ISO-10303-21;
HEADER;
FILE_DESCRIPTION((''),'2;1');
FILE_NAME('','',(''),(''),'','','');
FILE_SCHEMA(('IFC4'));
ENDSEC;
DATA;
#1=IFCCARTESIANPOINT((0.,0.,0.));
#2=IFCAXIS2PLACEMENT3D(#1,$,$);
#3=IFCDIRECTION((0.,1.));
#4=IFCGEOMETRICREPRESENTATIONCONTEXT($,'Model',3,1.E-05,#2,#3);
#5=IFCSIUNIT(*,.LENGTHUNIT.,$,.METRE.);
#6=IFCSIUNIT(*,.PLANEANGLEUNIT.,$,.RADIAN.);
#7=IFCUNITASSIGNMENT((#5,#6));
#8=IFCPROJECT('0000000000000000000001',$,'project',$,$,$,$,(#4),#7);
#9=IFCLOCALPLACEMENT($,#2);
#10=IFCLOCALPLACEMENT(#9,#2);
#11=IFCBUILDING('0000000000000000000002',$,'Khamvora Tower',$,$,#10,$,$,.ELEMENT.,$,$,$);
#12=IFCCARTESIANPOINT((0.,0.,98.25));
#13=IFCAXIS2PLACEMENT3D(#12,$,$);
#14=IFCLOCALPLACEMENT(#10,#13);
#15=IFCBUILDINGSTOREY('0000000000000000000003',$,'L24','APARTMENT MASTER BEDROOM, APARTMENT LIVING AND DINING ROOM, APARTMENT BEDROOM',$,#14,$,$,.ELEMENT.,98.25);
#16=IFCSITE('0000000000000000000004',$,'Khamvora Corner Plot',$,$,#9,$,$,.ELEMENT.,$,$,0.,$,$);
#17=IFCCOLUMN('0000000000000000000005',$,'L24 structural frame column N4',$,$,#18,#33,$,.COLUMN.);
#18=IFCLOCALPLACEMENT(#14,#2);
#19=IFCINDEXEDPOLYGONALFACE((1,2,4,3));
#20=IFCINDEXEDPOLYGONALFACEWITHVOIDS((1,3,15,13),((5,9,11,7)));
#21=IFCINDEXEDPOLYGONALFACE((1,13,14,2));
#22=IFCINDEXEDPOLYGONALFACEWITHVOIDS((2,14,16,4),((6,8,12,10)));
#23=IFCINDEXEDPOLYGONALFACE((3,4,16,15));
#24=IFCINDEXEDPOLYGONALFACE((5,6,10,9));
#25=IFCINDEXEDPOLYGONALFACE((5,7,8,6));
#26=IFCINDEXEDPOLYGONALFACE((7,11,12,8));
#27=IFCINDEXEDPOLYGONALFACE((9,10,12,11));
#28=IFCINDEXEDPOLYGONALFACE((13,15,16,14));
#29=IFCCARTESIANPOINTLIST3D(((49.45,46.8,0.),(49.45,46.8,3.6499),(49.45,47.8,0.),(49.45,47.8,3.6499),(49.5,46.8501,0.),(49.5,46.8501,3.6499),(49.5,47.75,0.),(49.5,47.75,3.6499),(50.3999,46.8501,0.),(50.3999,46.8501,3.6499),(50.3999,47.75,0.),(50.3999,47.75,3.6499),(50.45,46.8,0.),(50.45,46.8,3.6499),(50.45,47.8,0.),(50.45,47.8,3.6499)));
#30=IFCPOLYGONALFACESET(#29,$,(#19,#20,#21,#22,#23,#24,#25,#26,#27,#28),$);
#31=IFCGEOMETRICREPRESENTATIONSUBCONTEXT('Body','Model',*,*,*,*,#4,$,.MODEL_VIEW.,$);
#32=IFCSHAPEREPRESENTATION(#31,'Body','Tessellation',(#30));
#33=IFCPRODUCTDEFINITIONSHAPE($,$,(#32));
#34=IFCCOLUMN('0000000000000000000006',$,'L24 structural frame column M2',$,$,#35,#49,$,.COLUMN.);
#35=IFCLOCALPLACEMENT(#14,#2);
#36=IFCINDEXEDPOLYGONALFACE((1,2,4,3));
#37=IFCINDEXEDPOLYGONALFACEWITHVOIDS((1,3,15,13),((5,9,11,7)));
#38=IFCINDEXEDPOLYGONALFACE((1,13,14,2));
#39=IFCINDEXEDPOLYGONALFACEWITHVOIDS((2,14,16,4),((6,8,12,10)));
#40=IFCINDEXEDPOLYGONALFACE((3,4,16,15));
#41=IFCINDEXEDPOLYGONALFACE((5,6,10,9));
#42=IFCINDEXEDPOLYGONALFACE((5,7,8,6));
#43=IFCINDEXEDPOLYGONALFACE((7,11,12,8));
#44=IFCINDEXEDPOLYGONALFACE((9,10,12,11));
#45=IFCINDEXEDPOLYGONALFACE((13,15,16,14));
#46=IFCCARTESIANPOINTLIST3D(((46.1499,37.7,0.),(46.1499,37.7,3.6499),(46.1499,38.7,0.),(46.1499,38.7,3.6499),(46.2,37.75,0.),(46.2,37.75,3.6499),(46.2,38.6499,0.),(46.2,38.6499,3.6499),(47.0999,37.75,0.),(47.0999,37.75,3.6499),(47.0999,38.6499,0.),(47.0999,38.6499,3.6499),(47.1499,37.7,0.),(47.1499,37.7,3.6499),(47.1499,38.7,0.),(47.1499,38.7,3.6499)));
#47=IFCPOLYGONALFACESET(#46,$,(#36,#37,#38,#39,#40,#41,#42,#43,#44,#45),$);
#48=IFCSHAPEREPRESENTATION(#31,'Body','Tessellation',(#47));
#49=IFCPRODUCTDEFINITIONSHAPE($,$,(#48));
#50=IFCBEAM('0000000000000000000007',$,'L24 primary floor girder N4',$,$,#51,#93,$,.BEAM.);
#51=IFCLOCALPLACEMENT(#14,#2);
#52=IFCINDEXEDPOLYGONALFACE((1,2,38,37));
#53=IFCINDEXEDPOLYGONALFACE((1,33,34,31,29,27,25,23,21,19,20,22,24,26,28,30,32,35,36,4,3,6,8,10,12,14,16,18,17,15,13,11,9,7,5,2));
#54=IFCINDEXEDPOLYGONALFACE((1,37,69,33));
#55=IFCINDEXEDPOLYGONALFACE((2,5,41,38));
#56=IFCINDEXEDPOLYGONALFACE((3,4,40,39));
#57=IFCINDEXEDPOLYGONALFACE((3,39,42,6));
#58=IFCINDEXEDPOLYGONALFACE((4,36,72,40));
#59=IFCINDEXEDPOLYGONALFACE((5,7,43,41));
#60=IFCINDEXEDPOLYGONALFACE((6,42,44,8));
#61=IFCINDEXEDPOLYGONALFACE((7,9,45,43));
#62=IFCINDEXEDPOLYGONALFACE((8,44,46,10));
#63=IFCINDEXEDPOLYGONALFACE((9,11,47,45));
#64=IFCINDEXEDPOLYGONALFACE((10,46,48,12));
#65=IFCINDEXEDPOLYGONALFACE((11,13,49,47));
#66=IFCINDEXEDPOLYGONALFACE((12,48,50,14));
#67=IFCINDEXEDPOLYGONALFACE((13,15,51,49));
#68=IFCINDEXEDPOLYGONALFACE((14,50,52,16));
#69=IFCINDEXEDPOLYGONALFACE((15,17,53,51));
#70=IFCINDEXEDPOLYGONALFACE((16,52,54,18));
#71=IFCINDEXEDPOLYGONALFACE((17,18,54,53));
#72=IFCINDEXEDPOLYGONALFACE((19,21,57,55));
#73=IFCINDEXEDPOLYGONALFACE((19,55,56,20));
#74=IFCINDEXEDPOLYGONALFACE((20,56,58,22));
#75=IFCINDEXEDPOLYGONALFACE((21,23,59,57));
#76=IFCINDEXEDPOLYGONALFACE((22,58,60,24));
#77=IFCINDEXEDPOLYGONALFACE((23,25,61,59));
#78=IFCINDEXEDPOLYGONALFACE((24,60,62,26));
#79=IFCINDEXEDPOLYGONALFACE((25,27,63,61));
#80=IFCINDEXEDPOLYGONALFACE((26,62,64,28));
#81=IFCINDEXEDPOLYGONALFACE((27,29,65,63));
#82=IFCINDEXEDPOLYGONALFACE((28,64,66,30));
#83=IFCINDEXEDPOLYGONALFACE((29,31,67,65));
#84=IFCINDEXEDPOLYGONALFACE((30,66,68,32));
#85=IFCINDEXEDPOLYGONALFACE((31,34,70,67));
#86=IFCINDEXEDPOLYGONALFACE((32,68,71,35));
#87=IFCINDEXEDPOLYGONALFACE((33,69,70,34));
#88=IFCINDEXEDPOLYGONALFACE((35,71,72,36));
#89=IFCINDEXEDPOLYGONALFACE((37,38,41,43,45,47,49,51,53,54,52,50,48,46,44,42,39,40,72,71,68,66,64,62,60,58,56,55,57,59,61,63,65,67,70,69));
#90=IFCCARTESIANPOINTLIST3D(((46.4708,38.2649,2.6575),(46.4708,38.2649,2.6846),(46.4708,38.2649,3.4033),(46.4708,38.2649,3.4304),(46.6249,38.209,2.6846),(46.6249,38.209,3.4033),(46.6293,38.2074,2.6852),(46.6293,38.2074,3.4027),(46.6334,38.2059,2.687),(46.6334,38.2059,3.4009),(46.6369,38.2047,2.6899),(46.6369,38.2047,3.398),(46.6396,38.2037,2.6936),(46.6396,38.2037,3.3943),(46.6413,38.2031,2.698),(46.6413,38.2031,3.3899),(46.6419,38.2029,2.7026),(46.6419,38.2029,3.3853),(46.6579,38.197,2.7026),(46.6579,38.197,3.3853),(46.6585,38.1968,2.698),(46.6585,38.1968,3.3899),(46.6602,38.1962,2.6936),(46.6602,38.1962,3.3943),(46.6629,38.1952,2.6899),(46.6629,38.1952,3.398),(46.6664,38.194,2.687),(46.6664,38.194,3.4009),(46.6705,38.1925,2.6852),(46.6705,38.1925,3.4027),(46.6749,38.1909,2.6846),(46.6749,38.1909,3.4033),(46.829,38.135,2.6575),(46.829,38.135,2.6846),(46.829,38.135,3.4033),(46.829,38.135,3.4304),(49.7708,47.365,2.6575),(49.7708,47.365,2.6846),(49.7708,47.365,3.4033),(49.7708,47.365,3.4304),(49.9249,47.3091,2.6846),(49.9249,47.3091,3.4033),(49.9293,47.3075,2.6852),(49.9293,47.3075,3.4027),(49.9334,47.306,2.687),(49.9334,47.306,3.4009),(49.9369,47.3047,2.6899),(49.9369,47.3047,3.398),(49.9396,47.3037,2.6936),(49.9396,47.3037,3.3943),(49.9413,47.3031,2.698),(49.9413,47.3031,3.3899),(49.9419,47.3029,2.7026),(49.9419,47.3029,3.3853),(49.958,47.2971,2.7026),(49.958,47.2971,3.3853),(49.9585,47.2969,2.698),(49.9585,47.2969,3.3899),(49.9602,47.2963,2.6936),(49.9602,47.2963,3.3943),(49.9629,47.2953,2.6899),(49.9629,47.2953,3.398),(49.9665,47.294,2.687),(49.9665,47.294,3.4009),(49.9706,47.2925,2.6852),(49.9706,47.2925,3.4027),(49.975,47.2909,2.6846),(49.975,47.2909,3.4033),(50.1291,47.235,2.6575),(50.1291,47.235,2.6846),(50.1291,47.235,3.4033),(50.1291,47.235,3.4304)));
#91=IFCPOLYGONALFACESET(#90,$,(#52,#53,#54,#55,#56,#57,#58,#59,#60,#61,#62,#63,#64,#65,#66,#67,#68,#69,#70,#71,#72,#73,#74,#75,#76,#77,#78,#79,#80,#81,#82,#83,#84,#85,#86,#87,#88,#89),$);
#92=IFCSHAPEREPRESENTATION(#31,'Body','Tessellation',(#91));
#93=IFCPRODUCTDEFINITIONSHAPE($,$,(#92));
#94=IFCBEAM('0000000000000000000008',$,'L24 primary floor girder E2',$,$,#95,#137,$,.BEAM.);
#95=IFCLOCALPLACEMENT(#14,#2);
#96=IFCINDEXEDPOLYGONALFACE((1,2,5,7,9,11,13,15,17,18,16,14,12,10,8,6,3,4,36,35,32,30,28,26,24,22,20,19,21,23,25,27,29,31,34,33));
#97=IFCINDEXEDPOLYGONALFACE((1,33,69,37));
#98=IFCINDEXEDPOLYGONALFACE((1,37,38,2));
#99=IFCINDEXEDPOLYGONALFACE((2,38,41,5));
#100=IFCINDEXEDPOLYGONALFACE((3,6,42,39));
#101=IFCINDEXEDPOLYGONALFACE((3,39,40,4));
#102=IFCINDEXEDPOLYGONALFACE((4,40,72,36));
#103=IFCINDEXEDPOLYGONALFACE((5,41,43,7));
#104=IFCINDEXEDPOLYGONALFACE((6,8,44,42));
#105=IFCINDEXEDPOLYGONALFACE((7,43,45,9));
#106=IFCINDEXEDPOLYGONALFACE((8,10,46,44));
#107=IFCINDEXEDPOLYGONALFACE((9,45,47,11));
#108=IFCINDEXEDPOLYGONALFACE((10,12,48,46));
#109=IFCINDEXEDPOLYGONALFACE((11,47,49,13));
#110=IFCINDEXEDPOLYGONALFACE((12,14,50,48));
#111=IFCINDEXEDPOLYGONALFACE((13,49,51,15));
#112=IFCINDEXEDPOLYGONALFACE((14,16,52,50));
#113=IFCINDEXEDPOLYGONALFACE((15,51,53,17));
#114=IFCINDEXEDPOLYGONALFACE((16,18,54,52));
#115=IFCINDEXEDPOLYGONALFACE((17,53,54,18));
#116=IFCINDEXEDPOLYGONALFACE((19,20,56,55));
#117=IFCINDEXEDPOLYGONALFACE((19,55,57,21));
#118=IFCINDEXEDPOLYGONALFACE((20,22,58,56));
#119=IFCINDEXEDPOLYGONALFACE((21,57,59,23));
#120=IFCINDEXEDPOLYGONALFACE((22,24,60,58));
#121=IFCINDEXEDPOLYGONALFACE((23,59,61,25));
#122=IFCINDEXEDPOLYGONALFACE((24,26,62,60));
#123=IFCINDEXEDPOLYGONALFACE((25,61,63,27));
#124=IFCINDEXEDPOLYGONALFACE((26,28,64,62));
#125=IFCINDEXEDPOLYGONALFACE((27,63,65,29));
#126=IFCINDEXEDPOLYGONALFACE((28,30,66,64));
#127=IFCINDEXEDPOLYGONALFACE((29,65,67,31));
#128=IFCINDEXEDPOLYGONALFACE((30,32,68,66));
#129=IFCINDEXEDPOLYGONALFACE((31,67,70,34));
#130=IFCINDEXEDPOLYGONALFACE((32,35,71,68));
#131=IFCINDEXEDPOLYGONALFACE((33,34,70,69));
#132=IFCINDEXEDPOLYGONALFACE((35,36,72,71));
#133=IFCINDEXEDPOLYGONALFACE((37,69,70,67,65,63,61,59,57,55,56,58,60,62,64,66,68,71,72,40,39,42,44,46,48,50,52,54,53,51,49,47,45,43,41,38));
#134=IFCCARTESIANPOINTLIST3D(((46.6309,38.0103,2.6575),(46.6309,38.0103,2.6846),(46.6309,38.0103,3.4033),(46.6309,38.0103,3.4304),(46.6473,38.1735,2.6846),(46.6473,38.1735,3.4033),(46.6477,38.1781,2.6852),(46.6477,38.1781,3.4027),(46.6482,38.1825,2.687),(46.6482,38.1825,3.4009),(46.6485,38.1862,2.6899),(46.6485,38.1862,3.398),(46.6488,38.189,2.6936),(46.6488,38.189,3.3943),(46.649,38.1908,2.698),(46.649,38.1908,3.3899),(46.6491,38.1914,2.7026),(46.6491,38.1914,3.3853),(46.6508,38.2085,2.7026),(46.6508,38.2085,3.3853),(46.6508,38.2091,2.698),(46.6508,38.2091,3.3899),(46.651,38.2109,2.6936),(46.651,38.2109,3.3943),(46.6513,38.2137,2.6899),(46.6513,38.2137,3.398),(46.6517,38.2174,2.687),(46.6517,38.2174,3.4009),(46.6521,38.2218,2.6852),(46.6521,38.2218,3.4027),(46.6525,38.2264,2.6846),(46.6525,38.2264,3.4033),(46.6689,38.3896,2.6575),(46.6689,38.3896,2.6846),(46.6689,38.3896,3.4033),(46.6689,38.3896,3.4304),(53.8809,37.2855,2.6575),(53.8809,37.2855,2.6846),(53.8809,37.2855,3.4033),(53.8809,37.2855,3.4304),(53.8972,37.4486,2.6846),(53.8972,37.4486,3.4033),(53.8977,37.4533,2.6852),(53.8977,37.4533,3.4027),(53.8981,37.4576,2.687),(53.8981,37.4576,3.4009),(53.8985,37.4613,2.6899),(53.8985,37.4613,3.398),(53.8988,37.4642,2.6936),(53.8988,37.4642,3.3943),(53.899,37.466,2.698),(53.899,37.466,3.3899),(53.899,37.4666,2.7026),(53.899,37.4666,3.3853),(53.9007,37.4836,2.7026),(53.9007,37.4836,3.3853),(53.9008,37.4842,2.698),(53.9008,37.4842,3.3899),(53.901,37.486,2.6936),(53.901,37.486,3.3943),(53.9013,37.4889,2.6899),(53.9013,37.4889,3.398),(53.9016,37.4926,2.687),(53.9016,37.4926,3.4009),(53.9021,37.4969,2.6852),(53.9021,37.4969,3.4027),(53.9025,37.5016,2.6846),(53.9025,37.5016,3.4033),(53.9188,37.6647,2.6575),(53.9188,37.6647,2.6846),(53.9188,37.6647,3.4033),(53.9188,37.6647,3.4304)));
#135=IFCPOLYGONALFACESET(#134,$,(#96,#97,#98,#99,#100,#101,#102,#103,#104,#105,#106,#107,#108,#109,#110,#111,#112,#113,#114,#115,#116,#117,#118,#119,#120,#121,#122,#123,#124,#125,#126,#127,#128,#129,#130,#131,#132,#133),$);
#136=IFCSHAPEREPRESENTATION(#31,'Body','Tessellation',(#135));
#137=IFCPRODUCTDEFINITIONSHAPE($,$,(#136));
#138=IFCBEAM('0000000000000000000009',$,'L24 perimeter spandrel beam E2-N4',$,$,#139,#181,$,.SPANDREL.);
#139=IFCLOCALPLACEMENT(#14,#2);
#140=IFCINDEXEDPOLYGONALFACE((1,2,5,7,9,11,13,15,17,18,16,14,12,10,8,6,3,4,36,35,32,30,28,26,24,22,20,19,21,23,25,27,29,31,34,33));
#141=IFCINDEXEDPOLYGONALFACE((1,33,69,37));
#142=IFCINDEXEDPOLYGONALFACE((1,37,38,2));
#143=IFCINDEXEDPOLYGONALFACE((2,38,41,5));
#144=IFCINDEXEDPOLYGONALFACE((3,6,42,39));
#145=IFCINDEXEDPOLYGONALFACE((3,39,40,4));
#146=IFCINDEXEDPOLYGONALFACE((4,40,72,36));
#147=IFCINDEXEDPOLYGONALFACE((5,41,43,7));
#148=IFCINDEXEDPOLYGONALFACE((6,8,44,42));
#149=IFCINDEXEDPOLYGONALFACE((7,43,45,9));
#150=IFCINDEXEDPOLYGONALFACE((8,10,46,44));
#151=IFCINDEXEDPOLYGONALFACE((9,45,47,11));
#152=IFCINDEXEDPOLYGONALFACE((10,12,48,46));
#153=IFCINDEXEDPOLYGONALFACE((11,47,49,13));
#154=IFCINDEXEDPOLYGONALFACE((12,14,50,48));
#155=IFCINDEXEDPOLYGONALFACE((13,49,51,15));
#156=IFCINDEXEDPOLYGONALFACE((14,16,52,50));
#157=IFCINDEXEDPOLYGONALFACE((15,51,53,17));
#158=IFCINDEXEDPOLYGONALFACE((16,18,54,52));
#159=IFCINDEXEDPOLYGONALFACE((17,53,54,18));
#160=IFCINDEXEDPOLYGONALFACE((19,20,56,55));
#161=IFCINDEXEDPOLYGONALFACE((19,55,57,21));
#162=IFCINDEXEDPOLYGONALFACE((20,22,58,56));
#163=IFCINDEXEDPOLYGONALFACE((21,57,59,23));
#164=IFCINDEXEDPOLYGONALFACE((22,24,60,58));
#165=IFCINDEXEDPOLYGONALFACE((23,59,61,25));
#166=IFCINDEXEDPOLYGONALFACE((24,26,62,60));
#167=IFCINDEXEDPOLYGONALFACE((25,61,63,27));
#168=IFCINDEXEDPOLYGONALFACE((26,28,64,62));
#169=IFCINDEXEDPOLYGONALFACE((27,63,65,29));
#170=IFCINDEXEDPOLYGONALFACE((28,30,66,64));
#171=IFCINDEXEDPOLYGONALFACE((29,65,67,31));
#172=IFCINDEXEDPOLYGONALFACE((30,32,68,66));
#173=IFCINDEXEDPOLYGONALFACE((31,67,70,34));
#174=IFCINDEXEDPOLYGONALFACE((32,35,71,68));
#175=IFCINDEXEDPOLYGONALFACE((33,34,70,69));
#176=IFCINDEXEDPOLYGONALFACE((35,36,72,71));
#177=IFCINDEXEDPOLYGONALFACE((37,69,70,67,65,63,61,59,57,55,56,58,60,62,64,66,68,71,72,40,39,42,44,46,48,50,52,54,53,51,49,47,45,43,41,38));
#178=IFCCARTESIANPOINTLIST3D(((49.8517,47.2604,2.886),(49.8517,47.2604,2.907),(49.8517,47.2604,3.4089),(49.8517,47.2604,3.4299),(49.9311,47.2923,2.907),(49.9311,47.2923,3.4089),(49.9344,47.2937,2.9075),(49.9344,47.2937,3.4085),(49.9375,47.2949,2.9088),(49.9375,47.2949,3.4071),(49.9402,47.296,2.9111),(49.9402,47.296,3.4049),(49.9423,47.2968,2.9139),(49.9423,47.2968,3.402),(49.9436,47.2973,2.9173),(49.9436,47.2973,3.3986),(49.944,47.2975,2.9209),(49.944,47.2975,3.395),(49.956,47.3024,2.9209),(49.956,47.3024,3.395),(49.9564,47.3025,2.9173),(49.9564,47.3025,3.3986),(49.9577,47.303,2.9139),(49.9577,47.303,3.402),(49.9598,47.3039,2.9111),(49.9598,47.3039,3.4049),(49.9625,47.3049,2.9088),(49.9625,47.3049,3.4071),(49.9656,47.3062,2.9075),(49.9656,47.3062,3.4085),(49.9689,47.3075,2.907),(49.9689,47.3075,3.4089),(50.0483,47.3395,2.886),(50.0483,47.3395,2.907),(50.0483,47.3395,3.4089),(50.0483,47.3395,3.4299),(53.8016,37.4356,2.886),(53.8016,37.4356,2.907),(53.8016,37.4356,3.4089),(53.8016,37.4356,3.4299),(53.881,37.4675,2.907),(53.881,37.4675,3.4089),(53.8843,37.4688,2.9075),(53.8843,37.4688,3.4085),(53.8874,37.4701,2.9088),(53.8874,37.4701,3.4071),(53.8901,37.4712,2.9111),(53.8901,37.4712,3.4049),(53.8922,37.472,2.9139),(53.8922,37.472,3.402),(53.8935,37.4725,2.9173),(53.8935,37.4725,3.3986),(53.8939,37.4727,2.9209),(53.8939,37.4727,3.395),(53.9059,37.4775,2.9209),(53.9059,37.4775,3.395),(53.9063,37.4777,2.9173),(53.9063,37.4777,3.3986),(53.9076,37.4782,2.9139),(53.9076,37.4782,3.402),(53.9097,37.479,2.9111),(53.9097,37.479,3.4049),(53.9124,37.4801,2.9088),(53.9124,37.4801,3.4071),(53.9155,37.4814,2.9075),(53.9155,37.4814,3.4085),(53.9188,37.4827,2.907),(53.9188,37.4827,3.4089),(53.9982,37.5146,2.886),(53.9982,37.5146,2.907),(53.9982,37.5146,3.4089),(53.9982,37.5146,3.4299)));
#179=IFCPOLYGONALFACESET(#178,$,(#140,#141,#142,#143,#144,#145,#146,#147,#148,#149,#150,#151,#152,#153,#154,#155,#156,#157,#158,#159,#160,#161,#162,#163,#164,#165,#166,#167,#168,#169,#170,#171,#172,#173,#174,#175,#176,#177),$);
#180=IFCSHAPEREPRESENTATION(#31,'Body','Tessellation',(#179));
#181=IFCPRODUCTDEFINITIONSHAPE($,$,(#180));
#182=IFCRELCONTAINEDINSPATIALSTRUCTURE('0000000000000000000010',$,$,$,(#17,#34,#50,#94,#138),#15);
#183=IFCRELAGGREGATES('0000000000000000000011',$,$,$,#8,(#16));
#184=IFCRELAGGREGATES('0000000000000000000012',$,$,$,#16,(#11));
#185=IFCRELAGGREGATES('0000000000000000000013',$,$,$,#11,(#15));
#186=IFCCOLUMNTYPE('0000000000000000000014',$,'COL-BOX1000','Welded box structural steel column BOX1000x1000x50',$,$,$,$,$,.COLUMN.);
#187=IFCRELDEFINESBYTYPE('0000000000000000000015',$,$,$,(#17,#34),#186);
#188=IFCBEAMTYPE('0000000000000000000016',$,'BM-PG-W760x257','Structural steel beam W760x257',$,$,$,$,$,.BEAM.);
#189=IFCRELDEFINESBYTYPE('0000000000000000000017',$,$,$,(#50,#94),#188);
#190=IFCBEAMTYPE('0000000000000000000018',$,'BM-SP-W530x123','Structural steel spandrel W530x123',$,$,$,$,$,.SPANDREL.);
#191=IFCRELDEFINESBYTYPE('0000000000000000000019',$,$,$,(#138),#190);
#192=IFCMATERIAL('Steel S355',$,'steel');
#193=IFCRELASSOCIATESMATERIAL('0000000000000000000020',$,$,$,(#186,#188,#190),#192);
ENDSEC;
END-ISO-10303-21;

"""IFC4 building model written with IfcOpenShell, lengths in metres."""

from ifc_helpers import new_model, si_unit, direction, frame, origin, origin_2d, place, context, subcontext, project, spatial, hollow_rectangle, i_section, extrude, material, material_profile, profile_set, type_object, element, save


model = new_model("IFC4")

# Units and contexts
model_context = context("Model", 3, precision=1e-05, world=origin(), true_north=direction((0.0, 1.0)))
body_context = subcontext(model_context, "Body", "Model", "MODEL_VIEW")
ifc_project = project(units=[si_unit("LENGTHUNIT", "METRE"), si_unit("PLANEANGLEUNIT", "RADIAN")], contexts=[model_context])

# Site, building, storey
site_placement = place(None, origin())
site = spatial("IfcSite", under=ifc_project, at=site_placement, Name="Khamvora Corner Plot", CompositionType="ELEMENT", RefElevation=0.0)
building_placement = place(site_placement, origin())
building = spatial("IfcBuilding", under=site, at=building_placement, Name="Khamvora Tower", CompositionType="ELEMENT")
storey_placement = place(building_placement, frame((0.0, 0.0, 98.25)))
storey = spatial("IfcBuildingStorey", under=building, at=storey_placement, Name="L24", Description="APARTMENT MASTER BEDROOM, APARTMENT LIVING AND DINING ROOM, APARTMENT BEDROOM", CompositionType="ELEMENT", Elevation=98.25)

# Columns
ifc_material_1 = material(Name="Steel S355", Category="steel")
ifc_material_profile_1 = material_profile(ifc_material_1, hollow_rectangle(XDim=1.0, YDim=1.0, WallThickness=0.05, at=origin_2d()), Name="BOX1000x1000x50")
ifc_profile_set_1 = profile_set([ifc_material_profile_1], Name="Steel S355")
column_type = type_object("IfcColumnType", Name="COL-BOX1000", Description="Welded box structural steel column BOX1000x1000x50", PredefinedType="COLUMN", material=ifc_profile_set_1)
for number, where, z_axis, x_axis, name in (
    (1, (49.95, 47.3, 0.0), (0.0, 0.0, 1.0), (1.0, 0.0, 0.0), "L24 structural frame column N4"),
    (2, (46.6499, 38.2, 0.0), (0.0, 0.0, 1.0), (1.0, 0.0, 0.0), "L24 structural frame column M2"),
):
    element("IfcColumn", number, at=place(storey_placement, frame(where, z_axis=z_axis, x_axis=x_axis)), inside=storey, type_object=column_type, Name=name, PredefinedType="COLUMN", context=body_context, shape_type="SweptSolid", body=[
        extrude(hollow_rectangle(XDim=1.0, YDim=1.0, WallThickness=0.05, at=origin_2d()), origin(), (0.0, 0.0, 1.0), 3.6499),
    ])

# Beams
ifc_material_profile_2 = material_profile(ifc_material_1, i_section(OverallWidth=0.3811, OverallDepth=0.7729, WebThickness=0.0171, FlangeThickness=0.0271, FilletRadius=0.0181, at=origin_2d()), Name="W760x257")
ifc_profile_set_2 = profile_set([ifc_material_profile_2], Name="Steel S355")
beam_type_1 = type_object("IfcBeamType", Name="BM-PG-W760x257", Description="Structural steel beam W760x257", PredefinedType="BEAM", material=ifc_profile_set_2)
beam_1_placement = place(storey_placement, frame((46.6499, 38.2, 3.0439), z_axis=(0.340915, 0.940094, 0.0), x_axis=(-0.940094, 0.340915, 0.0)))
element("IfcBeam", 3, at=beam_1_placement, inside=storey, type_object=beam_type_1, Name="L24 primary floor girder N4", PredefinedType="BEAM", context=body_context, shape_type="SweptSolid", body=[
    extrude(i_section(OverallWidth=0.3811, OverallDepth=0.7729, WebThickness=0.0171, FlangeThickness=0.0271, FilletRadius=0.0181, at=origin_2d()), origin(), (0.0, 0.0, 1.0), 9.6799),
])
beam_2_placement = place(storey_placement, frame((46.6499, 38.2, 3.0439), z_axis=(0.995039, -0.099484, 0.0), x_axis=(0.099484, 0.995039, 0.0)))
element("IfcBeam", 4, at=beam_2_placement, inside=storey, type_object=beam_type_1, Name="L24 primary floor girder E2", PredefinedType="BEAM", context=body_context, shape_type="SweptSolid", body=[
    extrude(i_section(OverallWidth=0.3811, OverallDepth=0.7729, WebThickness=0.0171, FlangeThickness=0.0271, FilletRadius=0.0181, at=origin_2d()), origin(), (0.0, 0.0, 1.0), 7.2861),
])
ifc_material_profile_3 = material_profile(ifc_material_1, i_section(OverallWidth=0.2119, OverallDepth=0.5439, WebThickness=0.0129, FlangeThickness=0.021, FilletRadius=0.0139, at=origin_2d()), Name="W530x123")
ifc_profile_set_3 = profile_set([ifc_material_profile_3], Name="Steel S355")
beam_type_2 = type_object("IfcBeamType", Name="BM-SP-W530x123", Description="Structural steel spandrel W530x123", PredefinedType="SPANDREL", material=ifc_profile_set_3)
beam_3_placement = place(storey_placement, frame((53.8999, 37.4751, 3.158), z_axis=(-0.373016, 0.927825, 0.0), x_axis=(-0.927825, -0.373016, 0.0)))
element("IfcBeam", 5, at=beam_3_placement, inside=storey, type_object=beam_type_2, Name="L24 perimeter spandrel beam E2-N4", PredefinedType="SPANDREL", context=body_context, shape_type="SweptSolid", body=[
    extrude(i_section(OverallWidth=0.2119, OverallDepth=0.5439, WebThickness=0.0129, FlangeThickness=0.021, FilletRadius=0.0139, at=origin_2d()), origin(), (0.0, 0.0, 1.0), 10.5891),
])

save(model, "model.ifc")
